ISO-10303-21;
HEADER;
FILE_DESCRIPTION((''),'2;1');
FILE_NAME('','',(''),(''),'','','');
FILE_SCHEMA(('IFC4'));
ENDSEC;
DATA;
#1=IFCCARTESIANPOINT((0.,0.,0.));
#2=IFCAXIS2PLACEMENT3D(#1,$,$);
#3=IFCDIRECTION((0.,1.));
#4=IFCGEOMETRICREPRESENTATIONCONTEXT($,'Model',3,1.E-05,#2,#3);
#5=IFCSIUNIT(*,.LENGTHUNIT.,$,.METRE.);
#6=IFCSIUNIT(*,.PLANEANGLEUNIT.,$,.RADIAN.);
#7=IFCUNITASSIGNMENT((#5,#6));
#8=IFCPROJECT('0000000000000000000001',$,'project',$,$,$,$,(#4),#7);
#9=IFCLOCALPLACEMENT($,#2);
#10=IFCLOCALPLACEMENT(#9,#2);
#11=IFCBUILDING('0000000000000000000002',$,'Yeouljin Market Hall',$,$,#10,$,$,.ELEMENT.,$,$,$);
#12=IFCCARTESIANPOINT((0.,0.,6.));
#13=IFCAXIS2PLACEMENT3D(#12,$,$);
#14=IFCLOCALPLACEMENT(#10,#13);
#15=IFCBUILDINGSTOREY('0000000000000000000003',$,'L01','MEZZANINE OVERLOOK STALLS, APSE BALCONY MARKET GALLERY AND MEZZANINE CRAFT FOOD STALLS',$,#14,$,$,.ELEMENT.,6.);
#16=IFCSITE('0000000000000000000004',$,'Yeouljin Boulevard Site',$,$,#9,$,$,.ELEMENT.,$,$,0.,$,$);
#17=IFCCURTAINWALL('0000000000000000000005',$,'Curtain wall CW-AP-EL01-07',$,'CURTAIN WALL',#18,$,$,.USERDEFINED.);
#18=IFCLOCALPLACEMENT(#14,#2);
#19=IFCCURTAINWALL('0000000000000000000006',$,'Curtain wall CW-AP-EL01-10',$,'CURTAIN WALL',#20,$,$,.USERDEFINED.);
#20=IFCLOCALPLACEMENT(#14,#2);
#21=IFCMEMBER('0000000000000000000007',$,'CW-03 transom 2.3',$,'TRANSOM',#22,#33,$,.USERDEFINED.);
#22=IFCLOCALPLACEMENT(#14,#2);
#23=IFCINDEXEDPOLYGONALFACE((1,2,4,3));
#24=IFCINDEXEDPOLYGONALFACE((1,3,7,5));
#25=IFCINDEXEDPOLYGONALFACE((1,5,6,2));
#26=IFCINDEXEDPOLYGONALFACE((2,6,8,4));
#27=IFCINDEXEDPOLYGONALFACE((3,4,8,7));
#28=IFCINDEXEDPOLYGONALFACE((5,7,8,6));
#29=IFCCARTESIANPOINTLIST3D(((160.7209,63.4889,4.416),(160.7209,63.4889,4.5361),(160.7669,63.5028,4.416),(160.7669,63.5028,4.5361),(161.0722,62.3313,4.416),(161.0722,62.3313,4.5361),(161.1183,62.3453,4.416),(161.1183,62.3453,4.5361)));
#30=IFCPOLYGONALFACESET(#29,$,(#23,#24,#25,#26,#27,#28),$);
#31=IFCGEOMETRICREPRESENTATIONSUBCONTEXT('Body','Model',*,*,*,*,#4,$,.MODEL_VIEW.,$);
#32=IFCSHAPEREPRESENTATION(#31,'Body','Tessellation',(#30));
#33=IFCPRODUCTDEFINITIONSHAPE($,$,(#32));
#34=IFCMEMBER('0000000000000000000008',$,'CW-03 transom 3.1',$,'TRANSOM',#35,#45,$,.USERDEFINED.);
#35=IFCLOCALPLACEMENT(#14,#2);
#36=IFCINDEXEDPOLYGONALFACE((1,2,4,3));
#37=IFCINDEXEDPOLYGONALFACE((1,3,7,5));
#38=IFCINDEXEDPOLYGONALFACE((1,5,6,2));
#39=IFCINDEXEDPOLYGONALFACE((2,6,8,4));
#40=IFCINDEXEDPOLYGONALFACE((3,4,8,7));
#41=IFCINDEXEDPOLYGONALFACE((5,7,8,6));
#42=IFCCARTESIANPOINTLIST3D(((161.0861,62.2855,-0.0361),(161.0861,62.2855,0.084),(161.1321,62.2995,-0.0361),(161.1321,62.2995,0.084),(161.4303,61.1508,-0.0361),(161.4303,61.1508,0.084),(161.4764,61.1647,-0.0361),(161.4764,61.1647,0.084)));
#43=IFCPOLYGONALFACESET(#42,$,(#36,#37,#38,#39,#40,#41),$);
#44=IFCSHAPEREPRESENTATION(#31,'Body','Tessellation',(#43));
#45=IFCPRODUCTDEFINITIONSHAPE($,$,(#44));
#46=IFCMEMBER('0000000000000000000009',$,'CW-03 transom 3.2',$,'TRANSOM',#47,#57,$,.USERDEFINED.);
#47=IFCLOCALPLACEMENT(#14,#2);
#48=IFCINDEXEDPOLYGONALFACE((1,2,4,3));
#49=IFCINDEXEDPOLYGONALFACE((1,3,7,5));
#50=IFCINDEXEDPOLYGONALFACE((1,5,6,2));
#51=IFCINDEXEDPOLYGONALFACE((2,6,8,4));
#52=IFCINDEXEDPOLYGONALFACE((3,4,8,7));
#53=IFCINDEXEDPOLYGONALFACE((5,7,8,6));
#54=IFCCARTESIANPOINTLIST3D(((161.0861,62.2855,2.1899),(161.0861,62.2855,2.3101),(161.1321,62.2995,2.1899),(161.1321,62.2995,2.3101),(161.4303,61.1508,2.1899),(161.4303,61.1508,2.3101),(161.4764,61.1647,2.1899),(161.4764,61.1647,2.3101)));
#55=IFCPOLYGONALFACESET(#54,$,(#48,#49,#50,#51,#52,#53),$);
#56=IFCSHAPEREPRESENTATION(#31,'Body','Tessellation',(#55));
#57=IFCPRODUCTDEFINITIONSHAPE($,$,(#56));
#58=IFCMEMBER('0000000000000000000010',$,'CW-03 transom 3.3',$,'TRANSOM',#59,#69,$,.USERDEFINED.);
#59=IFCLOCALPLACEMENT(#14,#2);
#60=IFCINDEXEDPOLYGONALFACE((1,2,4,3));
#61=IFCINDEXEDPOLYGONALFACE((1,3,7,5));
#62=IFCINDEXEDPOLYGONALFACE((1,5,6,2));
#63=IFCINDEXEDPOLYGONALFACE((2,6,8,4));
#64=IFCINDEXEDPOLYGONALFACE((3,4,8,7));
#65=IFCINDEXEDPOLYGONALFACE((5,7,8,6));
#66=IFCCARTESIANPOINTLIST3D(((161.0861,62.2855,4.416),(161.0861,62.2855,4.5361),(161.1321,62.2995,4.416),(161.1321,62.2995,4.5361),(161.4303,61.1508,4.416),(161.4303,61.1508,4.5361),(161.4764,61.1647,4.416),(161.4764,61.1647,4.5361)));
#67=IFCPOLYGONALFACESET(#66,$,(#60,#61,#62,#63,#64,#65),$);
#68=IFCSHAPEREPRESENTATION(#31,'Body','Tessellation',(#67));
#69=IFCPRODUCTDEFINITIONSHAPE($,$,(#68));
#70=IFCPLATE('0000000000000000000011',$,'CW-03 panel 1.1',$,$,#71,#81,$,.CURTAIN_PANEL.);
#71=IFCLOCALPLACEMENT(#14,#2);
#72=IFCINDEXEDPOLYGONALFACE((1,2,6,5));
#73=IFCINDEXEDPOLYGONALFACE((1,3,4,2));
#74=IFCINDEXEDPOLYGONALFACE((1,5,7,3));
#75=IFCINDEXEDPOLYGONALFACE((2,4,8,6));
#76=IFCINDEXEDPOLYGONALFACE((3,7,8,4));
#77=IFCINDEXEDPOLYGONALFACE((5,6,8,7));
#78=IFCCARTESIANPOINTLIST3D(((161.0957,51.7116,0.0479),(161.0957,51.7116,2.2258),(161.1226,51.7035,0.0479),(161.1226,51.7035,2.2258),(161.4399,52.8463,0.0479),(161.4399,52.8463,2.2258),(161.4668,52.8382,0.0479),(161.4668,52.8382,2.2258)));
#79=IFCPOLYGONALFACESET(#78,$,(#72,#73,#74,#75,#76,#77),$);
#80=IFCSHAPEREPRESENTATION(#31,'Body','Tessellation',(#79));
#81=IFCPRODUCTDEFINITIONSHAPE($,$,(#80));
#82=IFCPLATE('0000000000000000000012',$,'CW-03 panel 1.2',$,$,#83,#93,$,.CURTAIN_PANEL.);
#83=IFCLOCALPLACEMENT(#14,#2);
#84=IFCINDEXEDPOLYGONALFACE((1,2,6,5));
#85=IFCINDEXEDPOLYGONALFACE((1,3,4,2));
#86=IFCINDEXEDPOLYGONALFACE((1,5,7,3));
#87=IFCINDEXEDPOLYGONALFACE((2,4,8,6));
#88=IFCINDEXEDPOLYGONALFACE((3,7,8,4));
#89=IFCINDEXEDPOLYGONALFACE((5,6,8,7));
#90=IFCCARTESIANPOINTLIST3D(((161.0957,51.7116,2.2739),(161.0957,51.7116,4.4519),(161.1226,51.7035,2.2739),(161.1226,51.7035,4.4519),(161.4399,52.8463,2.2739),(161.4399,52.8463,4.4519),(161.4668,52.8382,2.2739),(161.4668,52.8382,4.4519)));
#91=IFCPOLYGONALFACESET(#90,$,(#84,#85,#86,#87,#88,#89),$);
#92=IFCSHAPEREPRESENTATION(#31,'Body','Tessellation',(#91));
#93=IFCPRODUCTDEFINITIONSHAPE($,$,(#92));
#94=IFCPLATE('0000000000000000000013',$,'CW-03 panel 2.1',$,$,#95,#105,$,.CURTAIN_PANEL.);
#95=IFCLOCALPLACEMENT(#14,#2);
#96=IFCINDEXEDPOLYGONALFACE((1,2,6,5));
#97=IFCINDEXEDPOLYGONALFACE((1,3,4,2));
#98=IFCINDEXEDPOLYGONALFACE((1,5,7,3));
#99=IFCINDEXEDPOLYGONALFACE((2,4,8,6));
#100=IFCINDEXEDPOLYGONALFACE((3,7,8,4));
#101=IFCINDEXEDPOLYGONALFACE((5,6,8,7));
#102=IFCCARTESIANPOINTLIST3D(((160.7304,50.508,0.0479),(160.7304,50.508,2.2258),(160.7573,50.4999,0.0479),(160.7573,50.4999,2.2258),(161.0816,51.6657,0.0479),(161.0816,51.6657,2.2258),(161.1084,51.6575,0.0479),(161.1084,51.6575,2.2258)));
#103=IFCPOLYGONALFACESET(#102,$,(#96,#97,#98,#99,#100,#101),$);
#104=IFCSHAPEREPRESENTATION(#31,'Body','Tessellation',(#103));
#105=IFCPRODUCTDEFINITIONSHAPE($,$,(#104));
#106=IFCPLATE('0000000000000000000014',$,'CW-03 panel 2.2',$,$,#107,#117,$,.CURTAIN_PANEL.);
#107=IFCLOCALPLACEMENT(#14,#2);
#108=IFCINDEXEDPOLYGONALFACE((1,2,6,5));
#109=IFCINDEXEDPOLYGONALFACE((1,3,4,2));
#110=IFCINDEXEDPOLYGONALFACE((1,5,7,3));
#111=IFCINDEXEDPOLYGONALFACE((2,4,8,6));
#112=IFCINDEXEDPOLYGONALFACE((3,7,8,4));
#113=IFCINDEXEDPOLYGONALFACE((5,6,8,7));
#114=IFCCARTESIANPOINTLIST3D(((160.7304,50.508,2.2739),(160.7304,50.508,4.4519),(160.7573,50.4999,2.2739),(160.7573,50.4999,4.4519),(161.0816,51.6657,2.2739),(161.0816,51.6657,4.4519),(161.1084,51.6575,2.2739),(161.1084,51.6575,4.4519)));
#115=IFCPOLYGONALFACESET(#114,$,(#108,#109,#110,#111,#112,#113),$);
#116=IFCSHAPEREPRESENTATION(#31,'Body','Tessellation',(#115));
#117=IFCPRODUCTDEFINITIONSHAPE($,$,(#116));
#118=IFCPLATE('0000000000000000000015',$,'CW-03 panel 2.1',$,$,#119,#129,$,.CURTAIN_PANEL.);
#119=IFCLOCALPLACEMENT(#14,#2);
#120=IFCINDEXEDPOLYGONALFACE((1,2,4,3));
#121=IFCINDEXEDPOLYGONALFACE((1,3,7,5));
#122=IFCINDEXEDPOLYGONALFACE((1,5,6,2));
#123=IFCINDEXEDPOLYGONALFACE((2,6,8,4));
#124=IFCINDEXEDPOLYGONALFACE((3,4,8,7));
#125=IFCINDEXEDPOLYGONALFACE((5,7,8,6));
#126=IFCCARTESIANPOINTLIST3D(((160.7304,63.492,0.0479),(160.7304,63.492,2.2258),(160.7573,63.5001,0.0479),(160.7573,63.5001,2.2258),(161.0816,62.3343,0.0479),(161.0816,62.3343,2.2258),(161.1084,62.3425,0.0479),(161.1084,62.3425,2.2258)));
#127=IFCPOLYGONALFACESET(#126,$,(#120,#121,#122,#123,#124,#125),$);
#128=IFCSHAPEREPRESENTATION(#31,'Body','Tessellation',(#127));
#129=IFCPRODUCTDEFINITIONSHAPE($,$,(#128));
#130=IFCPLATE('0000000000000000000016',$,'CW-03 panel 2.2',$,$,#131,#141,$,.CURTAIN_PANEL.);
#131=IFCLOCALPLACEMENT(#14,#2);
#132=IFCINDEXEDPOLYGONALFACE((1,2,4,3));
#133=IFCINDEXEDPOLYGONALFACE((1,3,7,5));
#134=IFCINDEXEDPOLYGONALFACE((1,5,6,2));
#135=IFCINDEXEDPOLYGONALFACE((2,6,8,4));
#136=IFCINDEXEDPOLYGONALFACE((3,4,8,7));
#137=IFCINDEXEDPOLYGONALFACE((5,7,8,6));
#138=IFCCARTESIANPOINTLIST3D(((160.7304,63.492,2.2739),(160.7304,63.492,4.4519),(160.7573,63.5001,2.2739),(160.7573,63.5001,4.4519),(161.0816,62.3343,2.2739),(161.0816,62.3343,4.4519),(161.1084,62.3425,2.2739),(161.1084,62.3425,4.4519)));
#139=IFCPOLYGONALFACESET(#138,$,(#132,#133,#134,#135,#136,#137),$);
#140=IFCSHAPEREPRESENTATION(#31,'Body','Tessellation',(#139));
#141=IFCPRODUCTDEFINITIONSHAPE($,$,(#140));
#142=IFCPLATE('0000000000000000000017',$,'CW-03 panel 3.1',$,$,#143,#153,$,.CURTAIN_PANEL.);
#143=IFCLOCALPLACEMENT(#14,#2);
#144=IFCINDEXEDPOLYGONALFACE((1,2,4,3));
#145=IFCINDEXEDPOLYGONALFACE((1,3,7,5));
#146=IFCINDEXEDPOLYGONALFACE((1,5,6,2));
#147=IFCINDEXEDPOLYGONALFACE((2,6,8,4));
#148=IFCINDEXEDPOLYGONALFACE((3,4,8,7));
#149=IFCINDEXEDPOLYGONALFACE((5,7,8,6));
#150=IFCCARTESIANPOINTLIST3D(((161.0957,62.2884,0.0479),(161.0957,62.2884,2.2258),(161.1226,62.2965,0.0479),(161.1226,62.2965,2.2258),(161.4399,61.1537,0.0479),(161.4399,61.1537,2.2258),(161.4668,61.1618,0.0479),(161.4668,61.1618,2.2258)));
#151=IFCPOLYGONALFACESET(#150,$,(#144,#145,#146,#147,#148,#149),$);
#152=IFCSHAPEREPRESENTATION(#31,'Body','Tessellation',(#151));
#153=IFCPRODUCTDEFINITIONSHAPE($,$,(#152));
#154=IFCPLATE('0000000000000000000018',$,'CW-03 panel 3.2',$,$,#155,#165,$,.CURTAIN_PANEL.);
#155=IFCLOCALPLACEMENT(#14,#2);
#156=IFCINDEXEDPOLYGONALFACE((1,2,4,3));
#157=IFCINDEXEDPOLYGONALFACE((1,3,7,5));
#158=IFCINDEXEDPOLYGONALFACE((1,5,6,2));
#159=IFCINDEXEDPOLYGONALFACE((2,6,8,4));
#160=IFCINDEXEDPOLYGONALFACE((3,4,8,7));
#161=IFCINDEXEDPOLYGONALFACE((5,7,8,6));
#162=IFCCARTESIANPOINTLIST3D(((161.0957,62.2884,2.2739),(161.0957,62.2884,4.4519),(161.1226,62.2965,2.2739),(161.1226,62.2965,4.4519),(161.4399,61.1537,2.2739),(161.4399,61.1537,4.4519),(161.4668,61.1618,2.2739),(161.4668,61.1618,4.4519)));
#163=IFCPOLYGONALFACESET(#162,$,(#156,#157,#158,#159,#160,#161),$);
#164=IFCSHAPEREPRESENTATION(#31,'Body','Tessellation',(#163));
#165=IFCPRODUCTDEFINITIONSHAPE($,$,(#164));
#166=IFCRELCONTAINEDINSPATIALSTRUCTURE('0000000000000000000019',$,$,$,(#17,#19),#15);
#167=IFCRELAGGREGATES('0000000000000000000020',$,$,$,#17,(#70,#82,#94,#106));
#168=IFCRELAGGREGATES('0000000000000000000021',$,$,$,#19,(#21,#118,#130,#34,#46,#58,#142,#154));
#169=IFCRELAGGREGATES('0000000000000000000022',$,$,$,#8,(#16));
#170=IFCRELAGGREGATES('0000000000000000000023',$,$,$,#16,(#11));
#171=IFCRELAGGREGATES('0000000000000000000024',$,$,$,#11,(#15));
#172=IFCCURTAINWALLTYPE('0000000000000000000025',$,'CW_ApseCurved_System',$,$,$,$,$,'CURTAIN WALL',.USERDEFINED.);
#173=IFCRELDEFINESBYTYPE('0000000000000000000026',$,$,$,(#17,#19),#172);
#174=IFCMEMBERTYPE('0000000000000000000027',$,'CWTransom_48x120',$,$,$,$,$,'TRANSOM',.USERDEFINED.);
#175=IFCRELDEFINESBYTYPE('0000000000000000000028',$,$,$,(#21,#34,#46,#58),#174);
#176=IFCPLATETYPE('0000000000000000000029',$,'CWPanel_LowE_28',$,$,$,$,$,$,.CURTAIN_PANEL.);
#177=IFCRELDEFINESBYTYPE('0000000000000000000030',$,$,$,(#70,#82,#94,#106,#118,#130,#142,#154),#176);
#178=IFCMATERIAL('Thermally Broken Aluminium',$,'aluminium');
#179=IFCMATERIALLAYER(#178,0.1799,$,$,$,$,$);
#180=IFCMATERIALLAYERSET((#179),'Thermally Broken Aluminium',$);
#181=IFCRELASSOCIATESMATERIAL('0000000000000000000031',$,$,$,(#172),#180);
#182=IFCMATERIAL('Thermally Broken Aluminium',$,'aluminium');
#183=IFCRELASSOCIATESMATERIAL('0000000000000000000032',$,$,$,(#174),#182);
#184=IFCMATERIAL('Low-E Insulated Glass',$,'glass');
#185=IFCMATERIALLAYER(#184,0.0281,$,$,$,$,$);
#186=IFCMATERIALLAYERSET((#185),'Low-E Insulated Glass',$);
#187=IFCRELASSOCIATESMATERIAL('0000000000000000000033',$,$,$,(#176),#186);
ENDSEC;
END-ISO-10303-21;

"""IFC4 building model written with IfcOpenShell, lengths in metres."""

from ifc_helpers import new_model, si_unit, direction, frame, origin, origin_2d, place, context, subcontext, project, spatial, rectangle, extrude, material, layer, layer_set, material_profile, profile_set, type_object, element, aggregate, save


model = new_model("IFC4")

# Units and contexts
model_context = context("Model", 3, precision=1e-05, world=origin(), true_north=direction((0.0, 1.0)))
body_context = subcontext(model_context, "Body", "Model", "MODEL_VIEW")
ifc_project = project(units=[si_unit("LENGTHUNIT", "METRE"), si_unit("PLANEANGLEUNIT", "RADIAN")], contexts=[model_context])

# Site, building, storey
site_placement = place(None, origin())
site = spatial("IfcSite", under=ifc_project, at=site_placement, Name="Yeouljin Boulevard Site", CompositionType="ELEMENT", RefElevation=0.0)
building_placement = place(site_placement, origin())
building = spatial("IfcBuilding", under=site, at=building_placement, Name="Yeouljin Market Hall", CompositionType="ELEMENT")
storey_placement = place(building_placement, frame((0.0, 0.0, 6.0)))
storey = spatial("IfcBuildingStorey", under=building, at=storey_placement, Name="L01", Description="MEZZANINE OVERLOOK STALLS, APSE BALCONY MARKET GALLERY AND MEZZANINE CRAFT FOOD STALLS", CompositionType="ELEMENT", Elevation=6.0)

# Curtain walls
ifc_material_1 = material(Name="Thermally Broken Aluminium", Category="aluminium")
ifc_layer_1 = layer(ifc_material_1, 0.1799)
ifc_layer_set_1 = layer_set([ifc_layer_1], Name="Thermally Broken Aluminium")
curtain_wall_type = type_object("IfcCurtainWallType", Name="CW_ApseCurved_System", ElementType="CURTAIN WALL", PredefinedType="USERDEFINED", material=ifc_layer_set_1)
curtain_wall_1_placement = place(storey_placement, origin())
curtain_wall_1 = element("IfcCurtainWall", 1, at=curtain_wall_1_placement, inside=storey, type_object=curtain_wall_type, Name="Curtain wall CW-AP-EL01-07", ObjectType="CURTAIN WALL", PredefinedType="USERDEFINED")
curtain_wall_2_placement = place(storey_placement, origin())
curtain_wall_2 = element("IfcCurtainWall", 2, at=curtain_wall_2_placement, inside=storey, type_object=curtain_wall_type, Name="Curtain wall CW-AP-EL01-10", ObjectType="CURTAIN WALL", PredefinedType="USERDEFINED")

# Members
ifc_material_2 = material(Name="Thermally Broken Aluminium", Category="aluminium")
ifc_material_profile_1 = material_profile(ifc_material_2, rectangle(XDim=0.0481, YDim=0.1201, at=origin_2d()), Name="CW-TRAN-48x120")
ifc_profile_set_1 = profile_set([ifc_material_profile_1], Name="Thermally Broken Aluminium")
member_type_1 = type_object("IfcMemberType", Name="CWTransom_48x120", ElementType="TRANSOM", PredefinedType="USERDEFINED", material=ifc_profile_set_1)
member_1_placement = place(storey_placement, frame((160.7439, 63.4958, 4.4761), z_axis=(0.290439, -0.956894, 0.0), x_axis=(0.956894, 0.290439, 0.0)))
member_1 = element("IfcMember", 3, at=member_1_placement, type_object=member_type_1, Name="CW-03 transom 2.3", ObjectType="TRANSOM", PredefinedType="USERDEFINED", context=body_context, shape_type="SweptSolid", body=[
    extrude(rectangle(XDim=0.0481, YDim=0.1201, at=origin_2d()), origin(), (0.0, 0.0, 1.0), 1.2097),
])
member_2_placement = place(storey_placement, frame((161.1091, 62.2925, 0.0239), z_axis=(0.290293, -0.956938, 0.0), x_axis=(0.956938, 0.290293, 0.0)))
member_2 = element("IfcMember", 4, at=member_2_placement, type_object=member_type_1, Name="CW-03 transom 3.1", ObjectType="TRANSOM", PredefinedType="USERDEFINED", context=body_context, shape_type="SweptSolid", body=[
    extrude(rectangle(XDim=0.0481, YDim=0.1201, at=origin_2d()), origin(), (0.0, 0.0, 1.0), 1.1858),
])
member_3_placement = place(storey_placement, frame((161.1091, 62.2925, 2.25), z_axis=(0.290293, -0.956938, 0.0), x_axis=(0.956938, 0.290293, 0.0)))
member_3 = element("IfcMember", 5, at=member_3_placement, type_object=member_type_1, Name="CW-03 transom 3.2", ObjectType="TRANSOM", PredefinedType="USERDEFINED", context=body_context, shape_type="SweptSolid", body=[
    extrude(rectangle(XDim=0.0481, YDim=0.1201, at=origin_2d()), origin(), (0.0, 0.0, 1.0), 1.1858),
])
member_4_placement = place(storey_placement, frame((161.1091, 62.2925, 4.4761), z_axis=(0.290293, -0.956938, 0.0), x_axis=(0.956938, 0.290293, 0.0)))
member_4 = element("IfcMember", 6, at=member_4_placement, type_object=member_type_1, Name="CW-03 transom 3.3", ObjectType="TRANSOM", PredefinedType="USERDEFINED", context=body_context, shape_type="SweptSolid", body=[
    extrude(rectangle(XDim=0.0481, YDim=0.1201, at=origin_2d()), origin(), (0.0, 0.0, 1.0), 1.1858),
])

# Plates
ifc_material_3 = material(Name="Low-E Insulated Glass", Category="glass")
ifc_layer_2 = layer(ifc_material_3, 0.0281)
ifc_layer_set_2 = layer_set([ifc_layer_2], Name="Low-E Insulated Glass")
plate_type = type_object("IfcPlateType", Name="CWPanel_LowE_28", PredefinedType="CURTAIN_PANEL", material=ifc_layer_set_2)
plate_1_placement = place(storey_placement, frame((161.2812, 52.2749, 0.0479), z_axis=(0.0, 0.0, 1.0), x_axis=(-0.290286, -0.95694, 0.0)))
plate_1 = element("IfcPlate", 7, at=plate_1_placement, type_object=plate_type, Name="CW-03 panel 1.1", PredefinedType="CURTAIN_PANEL", context=body_context, shape_type="SweptSolid", body=[
    extrude(rectangle(XDim=1.1858, YDim=0.0281, at=origin_2d()), origin(), (0.0, 0.0, 1.0), 2.178),
])
plate_2_placement = place(storey_placement, frame((161.2812, 52.2749, 2.2739), z_axis=(0.0, 0.0, 1.0), x_axis=(-0.290286, -0.95694, 0.0)))
plate_2 = element("IfcPlate", 8, at=plate_2_placement, type_object=plate_type, Name="CW-03 panel 1.2", PredefinedType="CURTAIN_PANEL", context=body_context, shape_type="SweptSolid", body=[
    extrude(rectangle(XDim=1.1858, YDim=0.0281, at=origin_2d()), origin(), (0.0, 0.0, 1.0), 2.178),
])
plate_3_placement = place(storey_placement, frame((160.9194, 51.0828, 0.0479), z_axis=(0.0, 0.0, 1.0), x_axis=(-0.290286, -0.95694, 0.0)))
plate_3 = element("IfcPlate", 9, at=plate_3_placement, type_object=plate_type, Name="CW-03 panel 2.1", PredefinedType="CURTAIN_PANEL", context=body_context, shape_type="SweptSolid", body=[
    extrude(rectangle(XDim=1.2097, YDim=0.0281, at=origin_2d()), origin(), (0.0, 0.0, 1.0), 2.178),
])
plate_4_placement = place(storey_placement, frame((160.9194, 51.0828, 2.2739), z_axis=(0.0, 0.0, 1.0), x_axis=(-0.290286, -0.95694, 0.0)))
plate_4 = element("IfcPlate", 10, at=plate_4_placement, type_object=plate_type, Name="CW-03 panel 2.2", PredefinedType="CURTAIN_PANEL", context=body_context, shape_type="SweptSolid", body=[
    extrude(rectangle(XDim=1.2097, YDim=0.0281, at=origin_2d()), origin(), (0.0, 0.0, 1.0), 2.178),
])
aggregate(curtain_wall_1, [plate_1, plate_2, plate_3, plate_4])
plate_5_placement = place(storey_placement, frame((160.9194, 62.9172, 0.0479), z_axis=(0.0, 0.0, 1.0), x_axis=(0.290286, -0.95694, 0.0)))
plate_5 = element("IfcPlate", 11, at=plate_5_placement, type_object=plate_type, Name="CW-03 panel 2.1", PredefinedType="CURTAIN_PANEL", context=body_context, shape_type="SweptSolid", body=[
    extrude(rectangle(XDim=1.2097, YDim=0.0281, at=origin_2d()), origin(), (0.0, 0.0, 1.0), 2.178),
])
plate_6_placement = place(storey_placement, frame((160.9194, 62.9172, 2.2739), z_axis=(0.0, 0.0, 1.0), x_axis=(0.290286, -0.95694, 0.0)))
plate_6 = element("IfcPlate", 12, at=plate_6_placement, type_object=plate_type, Name="CW-03 panel 2.2", PredefinedType="CURTAIN_PANEL", context=body_context, shape_type="SweptSolid", body=[
    extrude(rectangle(XDim=1.2097, YDim=0.0281, at=origin_2d()), origin(), (0.0, 0.0, 1.0), 2.178),
])
plate_7_placement = place(storey_placement, frame((161.2812, 61.7251, 0.0479), z_axis=(0.0, 0.0, 1.0), x_axis=(0.290286, -0.95694, 0.0)))
plate_7 = element("IfcPlate", 13, at=plate_7_placement, type_object=plate_type, Name="CW-03 panel 3.1", PredefinedType="CURTAIN_PANEL", context=body_context, shape_type="SweptSolid", body=[
    extrude(rectangle(XDim=1.1858, YDim=0.0281, at=origin_2d()), origin(), (0.0, 0.0, 1.0), 2.178),
])
plate_8_placement = place(storey_placement, frame((161.2812, 61.7251, 2.2739), z_axis=(0.0, 0.0, 1.0), x_axis=(0.290286, -0.95694, 0.0)))
plate_8 = element("IfcPlate", 14, at=plate_8_placement, type_object=plate_type, Name="CW-03 panel 3.2", PredefinedType="CURTAIN_PANEL", context=body_context, shape_type="SweptSolid", body=[
    extrude(rectangle(XDim=1.1858, YDim=0.0281, at=origin_2d()), origin(), (0.0, 0.0, 1.0), 2.178),
])
aggregate(curtain_wall_2, [member_1, plate_5, plate_6, member_2, member_3, member_4, plate_7, plate_8])

save(model, "model.ifc")
